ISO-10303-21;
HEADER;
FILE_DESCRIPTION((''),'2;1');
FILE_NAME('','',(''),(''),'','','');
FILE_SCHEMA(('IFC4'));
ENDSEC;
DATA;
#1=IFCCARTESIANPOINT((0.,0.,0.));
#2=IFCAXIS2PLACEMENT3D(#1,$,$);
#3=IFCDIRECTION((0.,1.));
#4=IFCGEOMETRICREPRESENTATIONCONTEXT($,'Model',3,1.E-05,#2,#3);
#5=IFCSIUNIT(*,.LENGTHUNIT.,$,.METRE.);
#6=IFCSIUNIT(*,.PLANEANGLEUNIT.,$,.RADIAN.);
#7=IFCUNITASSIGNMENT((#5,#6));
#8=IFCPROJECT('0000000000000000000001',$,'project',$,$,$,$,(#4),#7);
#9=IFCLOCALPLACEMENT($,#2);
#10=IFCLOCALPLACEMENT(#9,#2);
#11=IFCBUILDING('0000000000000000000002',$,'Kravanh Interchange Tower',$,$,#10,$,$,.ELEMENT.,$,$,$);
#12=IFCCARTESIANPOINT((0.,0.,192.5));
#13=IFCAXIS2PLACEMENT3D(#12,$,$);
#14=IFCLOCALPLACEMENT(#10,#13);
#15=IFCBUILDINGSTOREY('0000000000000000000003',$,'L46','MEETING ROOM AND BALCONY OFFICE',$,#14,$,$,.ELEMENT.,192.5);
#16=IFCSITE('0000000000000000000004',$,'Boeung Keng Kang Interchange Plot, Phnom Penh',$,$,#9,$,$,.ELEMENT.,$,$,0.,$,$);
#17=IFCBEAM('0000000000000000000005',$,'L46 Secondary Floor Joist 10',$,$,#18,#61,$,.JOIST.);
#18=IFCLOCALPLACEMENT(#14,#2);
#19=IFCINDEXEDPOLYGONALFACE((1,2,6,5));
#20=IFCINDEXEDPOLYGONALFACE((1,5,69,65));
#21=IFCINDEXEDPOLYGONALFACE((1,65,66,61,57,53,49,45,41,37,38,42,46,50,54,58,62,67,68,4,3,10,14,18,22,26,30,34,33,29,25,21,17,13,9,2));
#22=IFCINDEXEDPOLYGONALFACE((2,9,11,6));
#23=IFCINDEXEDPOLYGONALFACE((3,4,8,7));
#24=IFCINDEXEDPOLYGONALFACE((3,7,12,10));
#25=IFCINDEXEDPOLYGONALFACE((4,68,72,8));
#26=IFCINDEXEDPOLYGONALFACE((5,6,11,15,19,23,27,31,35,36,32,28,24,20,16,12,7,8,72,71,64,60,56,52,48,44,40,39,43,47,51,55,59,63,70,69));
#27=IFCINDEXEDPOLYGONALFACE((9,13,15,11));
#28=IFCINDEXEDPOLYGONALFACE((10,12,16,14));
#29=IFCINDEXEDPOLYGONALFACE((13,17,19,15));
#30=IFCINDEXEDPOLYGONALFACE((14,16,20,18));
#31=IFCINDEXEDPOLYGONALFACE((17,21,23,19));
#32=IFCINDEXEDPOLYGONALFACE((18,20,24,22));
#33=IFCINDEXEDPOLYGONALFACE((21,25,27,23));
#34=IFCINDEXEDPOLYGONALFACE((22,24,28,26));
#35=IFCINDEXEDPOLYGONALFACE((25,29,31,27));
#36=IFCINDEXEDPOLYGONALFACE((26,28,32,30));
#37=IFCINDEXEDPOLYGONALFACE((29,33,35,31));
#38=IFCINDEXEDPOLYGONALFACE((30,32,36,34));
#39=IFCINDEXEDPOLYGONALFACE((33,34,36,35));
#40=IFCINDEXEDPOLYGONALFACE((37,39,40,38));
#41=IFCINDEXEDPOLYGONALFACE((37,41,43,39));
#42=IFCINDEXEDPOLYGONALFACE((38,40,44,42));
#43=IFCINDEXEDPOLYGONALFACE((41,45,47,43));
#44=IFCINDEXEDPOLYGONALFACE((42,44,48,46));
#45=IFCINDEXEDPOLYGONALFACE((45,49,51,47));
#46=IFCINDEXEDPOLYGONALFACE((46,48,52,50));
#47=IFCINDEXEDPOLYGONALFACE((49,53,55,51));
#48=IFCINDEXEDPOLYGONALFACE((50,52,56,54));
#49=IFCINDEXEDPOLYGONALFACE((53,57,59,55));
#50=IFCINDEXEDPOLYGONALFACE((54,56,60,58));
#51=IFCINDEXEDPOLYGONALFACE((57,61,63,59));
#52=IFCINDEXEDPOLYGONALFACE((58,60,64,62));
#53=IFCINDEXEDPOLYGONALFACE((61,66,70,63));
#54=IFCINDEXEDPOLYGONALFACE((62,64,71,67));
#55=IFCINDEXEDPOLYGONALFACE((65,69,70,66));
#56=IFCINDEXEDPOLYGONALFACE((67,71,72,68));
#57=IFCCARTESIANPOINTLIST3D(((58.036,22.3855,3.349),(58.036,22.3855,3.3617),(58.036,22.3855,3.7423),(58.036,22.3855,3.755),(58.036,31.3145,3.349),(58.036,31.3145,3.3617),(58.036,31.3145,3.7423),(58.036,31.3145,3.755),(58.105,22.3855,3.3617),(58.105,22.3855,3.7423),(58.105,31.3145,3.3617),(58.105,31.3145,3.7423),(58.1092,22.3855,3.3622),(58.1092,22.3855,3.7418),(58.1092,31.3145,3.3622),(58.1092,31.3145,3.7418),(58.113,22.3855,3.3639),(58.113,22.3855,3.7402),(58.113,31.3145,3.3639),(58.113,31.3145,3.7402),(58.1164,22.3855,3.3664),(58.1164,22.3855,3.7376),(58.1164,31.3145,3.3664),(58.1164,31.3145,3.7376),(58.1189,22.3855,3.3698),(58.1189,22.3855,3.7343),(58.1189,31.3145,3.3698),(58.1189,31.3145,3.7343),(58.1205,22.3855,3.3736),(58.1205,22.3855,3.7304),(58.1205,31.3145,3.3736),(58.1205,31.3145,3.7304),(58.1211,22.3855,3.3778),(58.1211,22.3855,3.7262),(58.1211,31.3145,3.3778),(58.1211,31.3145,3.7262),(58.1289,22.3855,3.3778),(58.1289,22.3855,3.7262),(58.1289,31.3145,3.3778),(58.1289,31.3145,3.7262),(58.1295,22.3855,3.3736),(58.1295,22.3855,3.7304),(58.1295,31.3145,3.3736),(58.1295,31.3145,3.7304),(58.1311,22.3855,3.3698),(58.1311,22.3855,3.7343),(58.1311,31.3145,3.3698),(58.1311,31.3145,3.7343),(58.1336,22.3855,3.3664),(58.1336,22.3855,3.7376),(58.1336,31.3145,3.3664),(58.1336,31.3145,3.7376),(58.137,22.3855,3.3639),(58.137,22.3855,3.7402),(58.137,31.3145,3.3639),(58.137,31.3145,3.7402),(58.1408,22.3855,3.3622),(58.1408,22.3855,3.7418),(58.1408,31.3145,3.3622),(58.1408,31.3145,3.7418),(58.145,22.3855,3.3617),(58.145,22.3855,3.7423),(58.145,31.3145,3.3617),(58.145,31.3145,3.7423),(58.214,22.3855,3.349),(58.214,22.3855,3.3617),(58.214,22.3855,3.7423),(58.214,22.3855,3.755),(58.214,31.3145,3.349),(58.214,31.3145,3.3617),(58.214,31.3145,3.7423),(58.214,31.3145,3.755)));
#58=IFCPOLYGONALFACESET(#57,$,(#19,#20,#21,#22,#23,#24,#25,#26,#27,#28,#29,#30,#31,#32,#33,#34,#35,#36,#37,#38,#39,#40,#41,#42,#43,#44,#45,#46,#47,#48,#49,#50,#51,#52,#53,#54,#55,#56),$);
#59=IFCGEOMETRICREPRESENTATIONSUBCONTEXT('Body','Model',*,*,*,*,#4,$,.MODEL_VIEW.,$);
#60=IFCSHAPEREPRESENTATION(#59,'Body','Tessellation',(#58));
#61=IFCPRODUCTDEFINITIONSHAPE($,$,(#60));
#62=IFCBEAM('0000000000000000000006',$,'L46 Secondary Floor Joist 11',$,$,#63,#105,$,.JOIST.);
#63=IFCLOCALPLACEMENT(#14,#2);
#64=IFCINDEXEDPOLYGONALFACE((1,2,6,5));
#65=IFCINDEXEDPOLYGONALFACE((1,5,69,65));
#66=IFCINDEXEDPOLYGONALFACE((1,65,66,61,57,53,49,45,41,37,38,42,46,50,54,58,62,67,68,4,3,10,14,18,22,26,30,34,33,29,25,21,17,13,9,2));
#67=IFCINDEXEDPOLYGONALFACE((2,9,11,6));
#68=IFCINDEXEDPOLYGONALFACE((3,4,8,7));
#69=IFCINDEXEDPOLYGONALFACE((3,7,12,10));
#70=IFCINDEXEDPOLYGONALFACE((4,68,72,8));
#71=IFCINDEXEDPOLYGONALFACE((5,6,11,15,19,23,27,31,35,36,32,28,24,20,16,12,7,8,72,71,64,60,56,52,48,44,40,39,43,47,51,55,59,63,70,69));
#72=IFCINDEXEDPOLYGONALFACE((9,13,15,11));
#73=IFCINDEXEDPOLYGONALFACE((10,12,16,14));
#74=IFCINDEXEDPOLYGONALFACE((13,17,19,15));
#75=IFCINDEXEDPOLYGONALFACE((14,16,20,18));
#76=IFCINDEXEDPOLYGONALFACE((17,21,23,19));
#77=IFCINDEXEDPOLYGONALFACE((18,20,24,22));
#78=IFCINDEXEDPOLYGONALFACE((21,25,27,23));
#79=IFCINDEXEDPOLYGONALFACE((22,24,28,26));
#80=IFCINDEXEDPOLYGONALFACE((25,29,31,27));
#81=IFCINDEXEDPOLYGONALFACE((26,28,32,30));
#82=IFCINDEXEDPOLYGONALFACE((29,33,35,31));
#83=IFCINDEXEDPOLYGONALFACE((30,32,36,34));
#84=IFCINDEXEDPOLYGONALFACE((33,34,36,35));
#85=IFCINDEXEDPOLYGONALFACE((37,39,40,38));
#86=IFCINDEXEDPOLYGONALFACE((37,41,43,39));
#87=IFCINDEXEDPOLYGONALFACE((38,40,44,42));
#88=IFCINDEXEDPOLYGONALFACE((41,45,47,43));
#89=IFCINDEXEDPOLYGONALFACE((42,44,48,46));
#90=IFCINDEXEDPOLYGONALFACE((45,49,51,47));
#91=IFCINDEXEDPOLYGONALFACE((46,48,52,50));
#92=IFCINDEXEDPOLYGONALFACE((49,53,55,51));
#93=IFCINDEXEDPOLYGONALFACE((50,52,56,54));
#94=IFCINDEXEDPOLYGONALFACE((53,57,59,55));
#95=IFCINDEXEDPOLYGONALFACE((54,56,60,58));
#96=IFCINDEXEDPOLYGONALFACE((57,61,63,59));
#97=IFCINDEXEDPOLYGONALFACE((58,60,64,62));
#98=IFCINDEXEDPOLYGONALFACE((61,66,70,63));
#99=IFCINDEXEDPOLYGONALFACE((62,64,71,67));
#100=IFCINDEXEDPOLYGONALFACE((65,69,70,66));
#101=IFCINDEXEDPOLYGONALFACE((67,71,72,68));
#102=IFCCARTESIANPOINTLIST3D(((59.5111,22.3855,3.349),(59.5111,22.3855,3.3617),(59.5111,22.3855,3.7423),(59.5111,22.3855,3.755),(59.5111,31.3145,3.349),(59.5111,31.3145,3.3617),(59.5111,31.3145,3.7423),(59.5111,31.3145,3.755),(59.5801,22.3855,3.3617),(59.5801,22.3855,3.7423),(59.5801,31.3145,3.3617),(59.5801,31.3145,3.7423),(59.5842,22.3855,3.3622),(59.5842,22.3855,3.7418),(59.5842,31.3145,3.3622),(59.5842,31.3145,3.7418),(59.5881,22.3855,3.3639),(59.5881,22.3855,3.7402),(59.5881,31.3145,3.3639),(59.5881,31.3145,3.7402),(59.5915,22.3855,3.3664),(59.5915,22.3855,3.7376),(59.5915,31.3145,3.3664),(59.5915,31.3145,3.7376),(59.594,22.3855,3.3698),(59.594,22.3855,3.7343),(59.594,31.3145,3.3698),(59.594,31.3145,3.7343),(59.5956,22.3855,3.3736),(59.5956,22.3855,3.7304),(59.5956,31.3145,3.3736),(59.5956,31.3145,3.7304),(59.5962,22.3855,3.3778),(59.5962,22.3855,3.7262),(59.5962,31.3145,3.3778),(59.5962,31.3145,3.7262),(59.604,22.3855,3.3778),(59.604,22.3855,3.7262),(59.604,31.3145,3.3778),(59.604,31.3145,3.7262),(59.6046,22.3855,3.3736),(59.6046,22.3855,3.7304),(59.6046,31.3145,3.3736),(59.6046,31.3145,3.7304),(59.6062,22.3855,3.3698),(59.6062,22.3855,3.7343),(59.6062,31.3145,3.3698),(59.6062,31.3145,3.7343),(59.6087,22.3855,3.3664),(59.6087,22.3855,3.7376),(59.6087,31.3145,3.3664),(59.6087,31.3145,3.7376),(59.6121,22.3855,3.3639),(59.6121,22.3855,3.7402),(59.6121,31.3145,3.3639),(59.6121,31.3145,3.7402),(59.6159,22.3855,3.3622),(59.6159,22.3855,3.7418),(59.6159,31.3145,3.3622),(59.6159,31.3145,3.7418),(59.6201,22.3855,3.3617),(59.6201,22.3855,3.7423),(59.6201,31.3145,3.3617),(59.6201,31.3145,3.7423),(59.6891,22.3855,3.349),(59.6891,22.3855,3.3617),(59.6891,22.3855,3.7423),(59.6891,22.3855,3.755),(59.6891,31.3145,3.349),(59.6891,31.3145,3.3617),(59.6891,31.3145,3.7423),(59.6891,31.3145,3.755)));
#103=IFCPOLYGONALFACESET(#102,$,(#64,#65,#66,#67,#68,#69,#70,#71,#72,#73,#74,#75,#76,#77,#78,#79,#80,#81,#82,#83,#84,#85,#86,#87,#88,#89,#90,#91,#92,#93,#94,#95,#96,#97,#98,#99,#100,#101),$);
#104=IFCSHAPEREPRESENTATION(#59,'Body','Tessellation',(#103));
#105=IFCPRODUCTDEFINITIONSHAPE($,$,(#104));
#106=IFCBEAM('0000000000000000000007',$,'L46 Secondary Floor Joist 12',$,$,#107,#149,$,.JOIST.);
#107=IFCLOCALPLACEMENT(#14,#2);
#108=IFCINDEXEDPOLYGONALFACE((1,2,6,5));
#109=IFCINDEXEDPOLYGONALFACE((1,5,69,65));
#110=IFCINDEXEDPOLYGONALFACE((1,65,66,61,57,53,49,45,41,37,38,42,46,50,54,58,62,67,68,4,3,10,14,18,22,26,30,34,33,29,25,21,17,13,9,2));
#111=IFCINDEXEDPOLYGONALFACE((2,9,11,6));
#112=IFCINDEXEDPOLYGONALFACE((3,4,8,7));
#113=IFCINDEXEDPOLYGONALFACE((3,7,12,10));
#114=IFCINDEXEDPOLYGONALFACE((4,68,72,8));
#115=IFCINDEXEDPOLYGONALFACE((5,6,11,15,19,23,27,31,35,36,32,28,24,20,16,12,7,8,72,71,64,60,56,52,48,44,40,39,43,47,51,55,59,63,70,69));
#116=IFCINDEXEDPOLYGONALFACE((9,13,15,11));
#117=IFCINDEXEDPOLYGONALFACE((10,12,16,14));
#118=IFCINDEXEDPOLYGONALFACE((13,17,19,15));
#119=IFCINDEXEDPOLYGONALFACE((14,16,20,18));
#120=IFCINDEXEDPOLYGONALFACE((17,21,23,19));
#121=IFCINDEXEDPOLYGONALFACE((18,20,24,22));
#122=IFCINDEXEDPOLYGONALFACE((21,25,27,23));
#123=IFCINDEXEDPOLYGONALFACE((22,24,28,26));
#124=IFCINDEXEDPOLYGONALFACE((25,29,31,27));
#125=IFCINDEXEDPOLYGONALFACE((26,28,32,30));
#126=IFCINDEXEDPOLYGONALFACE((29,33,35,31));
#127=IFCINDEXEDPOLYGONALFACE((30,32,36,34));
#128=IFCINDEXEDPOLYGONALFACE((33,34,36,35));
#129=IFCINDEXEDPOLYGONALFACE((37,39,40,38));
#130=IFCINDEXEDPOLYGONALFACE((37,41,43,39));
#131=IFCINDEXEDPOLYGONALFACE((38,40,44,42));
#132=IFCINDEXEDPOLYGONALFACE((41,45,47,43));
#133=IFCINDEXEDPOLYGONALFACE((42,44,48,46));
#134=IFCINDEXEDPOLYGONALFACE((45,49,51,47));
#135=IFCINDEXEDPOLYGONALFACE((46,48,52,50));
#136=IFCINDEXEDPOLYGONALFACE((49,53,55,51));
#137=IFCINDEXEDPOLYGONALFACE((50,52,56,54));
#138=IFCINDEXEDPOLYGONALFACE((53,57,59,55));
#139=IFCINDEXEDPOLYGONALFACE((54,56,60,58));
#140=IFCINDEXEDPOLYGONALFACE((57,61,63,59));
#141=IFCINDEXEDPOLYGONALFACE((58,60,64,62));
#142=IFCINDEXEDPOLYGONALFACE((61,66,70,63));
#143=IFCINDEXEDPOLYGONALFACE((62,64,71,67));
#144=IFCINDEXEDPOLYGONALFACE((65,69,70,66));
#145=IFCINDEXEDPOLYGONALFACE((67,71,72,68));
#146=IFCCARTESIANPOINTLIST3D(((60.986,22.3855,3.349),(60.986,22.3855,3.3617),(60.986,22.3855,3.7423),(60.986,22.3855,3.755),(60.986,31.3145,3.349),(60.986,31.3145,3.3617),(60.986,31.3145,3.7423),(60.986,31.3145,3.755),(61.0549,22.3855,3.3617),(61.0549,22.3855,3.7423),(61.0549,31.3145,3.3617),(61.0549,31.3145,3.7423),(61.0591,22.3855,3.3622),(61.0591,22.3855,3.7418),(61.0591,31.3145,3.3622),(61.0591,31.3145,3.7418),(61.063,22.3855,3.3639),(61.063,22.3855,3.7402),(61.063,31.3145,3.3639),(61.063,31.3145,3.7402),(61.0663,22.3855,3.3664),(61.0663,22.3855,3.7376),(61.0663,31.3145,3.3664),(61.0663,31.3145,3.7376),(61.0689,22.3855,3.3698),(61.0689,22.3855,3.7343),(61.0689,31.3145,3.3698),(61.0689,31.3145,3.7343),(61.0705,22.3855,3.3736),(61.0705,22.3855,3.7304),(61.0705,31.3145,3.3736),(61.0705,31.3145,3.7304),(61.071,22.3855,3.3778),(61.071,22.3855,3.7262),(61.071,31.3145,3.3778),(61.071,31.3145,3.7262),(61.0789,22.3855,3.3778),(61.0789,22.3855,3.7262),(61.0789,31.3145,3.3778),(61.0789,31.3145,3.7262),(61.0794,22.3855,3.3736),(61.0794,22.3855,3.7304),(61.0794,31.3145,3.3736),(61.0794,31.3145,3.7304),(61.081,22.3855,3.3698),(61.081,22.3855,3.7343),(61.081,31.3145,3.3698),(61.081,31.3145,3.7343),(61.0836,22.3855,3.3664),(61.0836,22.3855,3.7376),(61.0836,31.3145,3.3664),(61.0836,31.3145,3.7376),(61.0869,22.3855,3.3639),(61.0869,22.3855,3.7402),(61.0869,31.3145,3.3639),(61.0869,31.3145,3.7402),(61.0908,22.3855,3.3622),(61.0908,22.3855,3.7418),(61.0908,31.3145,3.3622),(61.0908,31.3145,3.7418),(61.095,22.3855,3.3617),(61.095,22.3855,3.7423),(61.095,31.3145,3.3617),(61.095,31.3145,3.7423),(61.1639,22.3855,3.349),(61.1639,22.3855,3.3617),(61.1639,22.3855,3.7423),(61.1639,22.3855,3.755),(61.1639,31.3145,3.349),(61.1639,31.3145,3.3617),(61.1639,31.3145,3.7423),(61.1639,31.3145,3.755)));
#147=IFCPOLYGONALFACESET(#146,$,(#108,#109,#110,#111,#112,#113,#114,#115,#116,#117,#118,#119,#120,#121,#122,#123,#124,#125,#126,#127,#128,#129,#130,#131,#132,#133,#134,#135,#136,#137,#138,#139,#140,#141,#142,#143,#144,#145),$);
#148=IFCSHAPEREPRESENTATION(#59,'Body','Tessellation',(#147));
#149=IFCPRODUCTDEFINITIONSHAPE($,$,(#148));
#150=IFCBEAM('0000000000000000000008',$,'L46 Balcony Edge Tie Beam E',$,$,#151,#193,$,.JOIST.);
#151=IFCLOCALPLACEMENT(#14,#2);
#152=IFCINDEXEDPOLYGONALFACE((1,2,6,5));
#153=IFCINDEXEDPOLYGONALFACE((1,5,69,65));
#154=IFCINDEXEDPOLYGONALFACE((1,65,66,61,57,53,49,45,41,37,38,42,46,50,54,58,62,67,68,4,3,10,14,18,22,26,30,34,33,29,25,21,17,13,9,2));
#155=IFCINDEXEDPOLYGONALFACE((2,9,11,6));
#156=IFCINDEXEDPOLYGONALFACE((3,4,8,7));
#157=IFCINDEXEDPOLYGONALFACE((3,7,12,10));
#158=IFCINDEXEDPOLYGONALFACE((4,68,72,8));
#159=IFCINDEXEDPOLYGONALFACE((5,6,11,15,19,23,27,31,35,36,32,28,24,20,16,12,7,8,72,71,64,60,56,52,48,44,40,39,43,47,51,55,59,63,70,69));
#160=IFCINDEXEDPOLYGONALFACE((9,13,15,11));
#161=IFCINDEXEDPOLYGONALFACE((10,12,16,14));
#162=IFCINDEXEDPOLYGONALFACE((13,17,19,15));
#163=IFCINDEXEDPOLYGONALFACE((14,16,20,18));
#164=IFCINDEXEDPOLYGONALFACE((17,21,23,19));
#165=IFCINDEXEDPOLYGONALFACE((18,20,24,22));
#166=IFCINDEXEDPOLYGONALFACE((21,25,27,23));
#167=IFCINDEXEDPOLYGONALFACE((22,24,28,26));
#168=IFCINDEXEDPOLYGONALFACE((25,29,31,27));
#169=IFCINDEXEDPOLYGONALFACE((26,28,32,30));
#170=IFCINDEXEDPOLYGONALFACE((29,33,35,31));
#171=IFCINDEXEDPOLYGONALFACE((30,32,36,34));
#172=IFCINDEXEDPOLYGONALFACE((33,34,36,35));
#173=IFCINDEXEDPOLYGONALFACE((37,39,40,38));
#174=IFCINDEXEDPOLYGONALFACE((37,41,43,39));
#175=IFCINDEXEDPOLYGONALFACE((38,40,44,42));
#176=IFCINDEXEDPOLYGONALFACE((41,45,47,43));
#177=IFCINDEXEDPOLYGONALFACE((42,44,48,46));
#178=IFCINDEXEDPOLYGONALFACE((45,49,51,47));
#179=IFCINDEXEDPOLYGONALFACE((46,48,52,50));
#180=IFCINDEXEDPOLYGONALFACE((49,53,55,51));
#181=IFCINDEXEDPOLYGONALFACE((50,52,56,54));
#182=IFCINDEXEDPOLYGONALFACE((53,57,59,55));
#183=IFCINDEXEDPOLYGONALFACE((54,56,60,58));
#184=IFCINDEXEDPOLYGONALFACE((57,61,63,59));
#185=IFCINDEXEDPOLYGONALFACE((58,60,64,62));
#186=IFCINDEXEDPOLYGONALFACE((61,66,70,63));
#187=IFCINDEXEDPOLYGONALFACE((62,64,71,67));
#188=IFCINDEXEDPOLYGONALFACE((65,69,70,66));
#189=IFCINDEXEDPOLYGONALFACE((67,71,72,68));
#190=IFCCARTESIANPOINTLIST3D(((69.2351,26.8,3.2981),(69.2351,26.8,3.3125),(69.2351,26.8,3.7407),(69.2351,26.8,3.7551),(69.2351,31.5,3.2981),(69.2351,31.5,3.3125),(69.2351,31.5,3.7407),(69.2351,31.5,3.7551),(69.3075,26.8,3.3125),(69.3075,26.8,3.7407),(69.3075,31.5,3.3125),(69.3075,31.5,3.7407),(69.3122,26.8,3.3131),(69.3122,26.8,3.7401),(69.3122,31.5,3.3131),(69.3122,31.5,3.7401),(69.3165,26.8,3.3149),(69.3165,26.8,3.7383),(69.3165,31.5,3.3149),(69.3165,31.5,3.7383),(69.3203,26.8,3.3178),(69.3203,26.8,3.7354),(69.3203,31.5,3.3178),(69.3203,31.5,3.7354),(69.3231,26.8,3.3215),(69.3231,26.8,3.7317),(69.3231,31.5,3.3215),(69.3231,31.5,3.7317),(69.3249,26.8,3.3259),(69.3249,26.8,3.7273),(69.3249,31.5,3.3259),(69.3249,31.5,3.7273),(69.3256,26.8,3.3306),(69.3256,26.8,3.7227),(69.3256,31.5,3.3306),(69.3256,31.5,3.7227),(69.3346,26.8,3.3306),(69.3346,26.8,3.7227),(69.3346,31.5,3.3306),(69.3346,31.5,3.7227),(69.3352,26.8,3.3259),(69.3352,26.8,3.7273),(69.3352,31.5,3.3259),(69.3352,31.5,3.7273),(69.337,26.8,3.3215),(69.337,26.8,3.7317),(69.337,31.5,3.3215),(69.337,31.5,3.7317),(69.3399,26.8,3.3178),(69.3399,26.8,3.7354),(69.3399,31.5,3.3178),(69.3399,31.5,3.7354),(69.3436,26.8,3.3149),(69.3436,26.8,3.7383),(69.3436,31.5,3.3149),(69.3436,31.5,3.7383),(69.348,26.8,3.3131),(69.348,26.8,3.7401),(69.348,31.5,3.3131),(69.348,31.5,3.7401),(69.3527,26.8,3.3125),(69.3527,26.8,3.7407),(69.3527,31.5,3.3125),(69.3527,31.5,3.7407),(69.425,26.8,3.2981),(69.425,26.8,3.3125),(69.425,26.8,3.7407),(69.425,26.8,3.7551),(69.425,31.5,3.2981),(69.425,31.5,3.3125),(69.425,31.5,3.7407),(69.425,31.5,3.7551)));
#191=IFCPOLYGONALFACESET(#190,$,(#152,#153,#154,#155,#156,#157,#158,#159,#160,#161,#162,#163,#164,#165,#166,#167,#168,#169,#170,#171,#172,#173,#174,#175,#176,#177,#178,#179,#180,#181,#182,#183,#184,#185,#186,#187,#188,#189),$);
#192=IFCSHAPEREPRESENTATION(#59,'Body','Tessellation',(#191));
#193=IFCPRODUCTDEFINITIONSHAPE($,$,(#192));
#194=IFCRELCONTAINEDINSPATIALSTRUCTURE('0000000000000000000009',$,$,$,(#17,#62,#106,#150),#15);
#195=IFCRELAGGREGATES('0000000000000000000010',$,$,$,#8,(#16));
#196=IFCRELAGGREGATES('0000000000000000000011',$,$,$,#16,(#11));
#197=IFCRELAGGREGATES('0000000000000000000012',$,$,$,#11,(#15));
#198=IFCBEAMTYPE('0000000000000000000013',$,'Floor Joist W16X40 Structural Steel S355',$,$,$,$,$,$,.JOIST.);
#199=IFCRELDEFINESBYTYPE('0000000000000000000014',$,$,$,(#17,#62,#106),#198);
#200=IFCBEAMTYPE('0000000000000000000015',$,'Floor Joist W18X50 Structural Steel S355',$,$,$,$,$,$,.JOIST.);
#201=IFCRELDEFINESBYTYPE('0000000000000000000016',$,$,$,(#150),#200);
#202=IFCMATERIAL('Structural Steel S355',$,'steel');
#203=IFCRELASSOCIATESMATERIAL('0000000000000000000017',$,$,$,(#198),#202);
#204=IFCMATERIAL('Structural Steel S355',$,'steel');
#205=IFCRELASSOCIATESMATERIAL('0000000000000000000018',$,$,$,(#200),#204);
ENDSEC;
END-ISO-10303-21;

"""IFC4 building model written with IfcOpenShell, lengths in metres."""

from ifc_helpers import new_model, si_unit, direction, frame, origin, origin_2d, place, context, subcontext, project, spatial, i_section, extrude, material, material_profile, profile_set, type_object, element, save


model = new_model("IFC4")

# Units and contexts
model_context = context("Model", 3, precision=1e-05, world=origin(), true_north=direction((0.0, 1.0)))
body_context = subcontext(model_context, "Body", "Model", "MODEL_VIEW")
ifc_project = project(units=[si_unit("LENGTHUNIT", "METRE"), si_unit("PLANEANGLEUNIT", "RADIAN")], contexts=[model_context])

# Site, building, storey
site_placement = place(None, origin())
site = spatial("IfcSite", under=ifc_project, at=site_placement, Name="Boeung Keng Kang Interchange Plot, Phnom Penh", CompositionType="ELEMENT", RefElevation=0.0)
building_placement = place(site_placement, origin())
building = spatial("IfcBuilding", under=site, at=building_placement, Name="Kravanh Interchange Tower", CompositionType="ELEMENT")
storey_placement = place(building_placement, frame((0.0, 0.0, 192.5)))
storey = spatial("IfcBuildingStorey", under=building, at=storey_placement, Name="L46", Description="MEETING ROOM AND BALCONY OFFICE", CompositionType="ELEMENT", Elevation=192.5)

# Beams
ifc_material_1 = material(Name="Structural Steel S355", Category="steel")
ifc_material_profile_1 = material_profile(ifc_material_1, i_section(OverallWidth=0.178, OverallDepth=0.406, WebThickness=0.0078, FlangeThickness=0.0127, FilletRadius=0.0161, at=origin_2d()), Name="W16X40")
ifc_profile_set_1 = profile_set([ifc_material_profile_1], Name="Structural Steel S355")
beam_type_1 = type_object("IfcBeamType", Name="Floor Joist W16X40 Structural Steel S355", PredefinedType="JOIST", material=ifc_profile_set_1)
for number, where, z_axis, x_axis, name in (
    (1, (58.125, 22.3855, 3.552), (0.0, 1.0, 0.0), (-1.0, 0.0, 0.0), "L46 Secondary Floor Joist 10"),
    (2, (59.6001, 22.3855, 3.552), (0.0, 1.0, 0.0), (-1.0, 0.0, 0.0), "L46 Secondary Floor Joist 11"),
    (3, (61.075, 22.3855, 3.552), (0.0, 1.0, 0.0), (-1.0, 0.0, 0.0), "L46 Secondary Floor Joist 12"),
):
    element("IfcBeam", number, at=place(storey_placement, frame(where, z_axis=z_axis, x_axis=x_axis)), inside=storey, type_object=beam_type_1, Name=name, PredefinedType="JOIST", context=body_context, shape_type="SweptSolid", body=[
        extrude(i_section(OverallWidth=0.178, OverallDepth=0.406, WebThickness=0.0078, FlangeThickness=0.0127, FilletRadius=0.0161, at=origin_2d()), origin(), (0.0, 0.0, 1.0), 8.929),
    ])
ifc_material_2 = material(Name="Structural Steel S355", Category="steel")
ifc_material_profile_2 = material_profile(ifc_material_2, i_section(OverallWidth=0.1899, OverallDepth=0.457, WebThickness=0.009, FlangeThickness=0.0144, FilletRadius=0.0181, at=origin_2d()), Name="W18X50")
ifc_profile_set_2 = profile_set([ifc_material_profile_2], Name="Structural Steel S355")
beam_type_2 = type_object("IfcBeamType", Name="Floor Joist W18X50 Structural Steel S355", PredefinedType="JOIST", material=ifc_profile_set_2)
beam_1_placement = place(storey_placement, frame((69.3301, 26.8, 3.5266), z_axis=(0.0, 1.0, 0.0), x_axis=(-1.0, 0.0, 0.0)))
element("IfcBeam", 4, at=beam_1_placement, inside=storey, type_object=beam_type_2, Name="L46 Balcony Edge Tie Beam E", PredefinedType="JOIST", context=body_context, shape_type="SweptSolid", body=[
    extrude(i_section(OverallWidth=0.1899, OverallDepth=0.457, WebThickness=0.009, FlangeThickness=0.0144, FilletRadius=0.0181, at=origin_2d()), origin(), (0.0, 0.0, 1.0), 4.7),
])

save(model, "model.ifc")
